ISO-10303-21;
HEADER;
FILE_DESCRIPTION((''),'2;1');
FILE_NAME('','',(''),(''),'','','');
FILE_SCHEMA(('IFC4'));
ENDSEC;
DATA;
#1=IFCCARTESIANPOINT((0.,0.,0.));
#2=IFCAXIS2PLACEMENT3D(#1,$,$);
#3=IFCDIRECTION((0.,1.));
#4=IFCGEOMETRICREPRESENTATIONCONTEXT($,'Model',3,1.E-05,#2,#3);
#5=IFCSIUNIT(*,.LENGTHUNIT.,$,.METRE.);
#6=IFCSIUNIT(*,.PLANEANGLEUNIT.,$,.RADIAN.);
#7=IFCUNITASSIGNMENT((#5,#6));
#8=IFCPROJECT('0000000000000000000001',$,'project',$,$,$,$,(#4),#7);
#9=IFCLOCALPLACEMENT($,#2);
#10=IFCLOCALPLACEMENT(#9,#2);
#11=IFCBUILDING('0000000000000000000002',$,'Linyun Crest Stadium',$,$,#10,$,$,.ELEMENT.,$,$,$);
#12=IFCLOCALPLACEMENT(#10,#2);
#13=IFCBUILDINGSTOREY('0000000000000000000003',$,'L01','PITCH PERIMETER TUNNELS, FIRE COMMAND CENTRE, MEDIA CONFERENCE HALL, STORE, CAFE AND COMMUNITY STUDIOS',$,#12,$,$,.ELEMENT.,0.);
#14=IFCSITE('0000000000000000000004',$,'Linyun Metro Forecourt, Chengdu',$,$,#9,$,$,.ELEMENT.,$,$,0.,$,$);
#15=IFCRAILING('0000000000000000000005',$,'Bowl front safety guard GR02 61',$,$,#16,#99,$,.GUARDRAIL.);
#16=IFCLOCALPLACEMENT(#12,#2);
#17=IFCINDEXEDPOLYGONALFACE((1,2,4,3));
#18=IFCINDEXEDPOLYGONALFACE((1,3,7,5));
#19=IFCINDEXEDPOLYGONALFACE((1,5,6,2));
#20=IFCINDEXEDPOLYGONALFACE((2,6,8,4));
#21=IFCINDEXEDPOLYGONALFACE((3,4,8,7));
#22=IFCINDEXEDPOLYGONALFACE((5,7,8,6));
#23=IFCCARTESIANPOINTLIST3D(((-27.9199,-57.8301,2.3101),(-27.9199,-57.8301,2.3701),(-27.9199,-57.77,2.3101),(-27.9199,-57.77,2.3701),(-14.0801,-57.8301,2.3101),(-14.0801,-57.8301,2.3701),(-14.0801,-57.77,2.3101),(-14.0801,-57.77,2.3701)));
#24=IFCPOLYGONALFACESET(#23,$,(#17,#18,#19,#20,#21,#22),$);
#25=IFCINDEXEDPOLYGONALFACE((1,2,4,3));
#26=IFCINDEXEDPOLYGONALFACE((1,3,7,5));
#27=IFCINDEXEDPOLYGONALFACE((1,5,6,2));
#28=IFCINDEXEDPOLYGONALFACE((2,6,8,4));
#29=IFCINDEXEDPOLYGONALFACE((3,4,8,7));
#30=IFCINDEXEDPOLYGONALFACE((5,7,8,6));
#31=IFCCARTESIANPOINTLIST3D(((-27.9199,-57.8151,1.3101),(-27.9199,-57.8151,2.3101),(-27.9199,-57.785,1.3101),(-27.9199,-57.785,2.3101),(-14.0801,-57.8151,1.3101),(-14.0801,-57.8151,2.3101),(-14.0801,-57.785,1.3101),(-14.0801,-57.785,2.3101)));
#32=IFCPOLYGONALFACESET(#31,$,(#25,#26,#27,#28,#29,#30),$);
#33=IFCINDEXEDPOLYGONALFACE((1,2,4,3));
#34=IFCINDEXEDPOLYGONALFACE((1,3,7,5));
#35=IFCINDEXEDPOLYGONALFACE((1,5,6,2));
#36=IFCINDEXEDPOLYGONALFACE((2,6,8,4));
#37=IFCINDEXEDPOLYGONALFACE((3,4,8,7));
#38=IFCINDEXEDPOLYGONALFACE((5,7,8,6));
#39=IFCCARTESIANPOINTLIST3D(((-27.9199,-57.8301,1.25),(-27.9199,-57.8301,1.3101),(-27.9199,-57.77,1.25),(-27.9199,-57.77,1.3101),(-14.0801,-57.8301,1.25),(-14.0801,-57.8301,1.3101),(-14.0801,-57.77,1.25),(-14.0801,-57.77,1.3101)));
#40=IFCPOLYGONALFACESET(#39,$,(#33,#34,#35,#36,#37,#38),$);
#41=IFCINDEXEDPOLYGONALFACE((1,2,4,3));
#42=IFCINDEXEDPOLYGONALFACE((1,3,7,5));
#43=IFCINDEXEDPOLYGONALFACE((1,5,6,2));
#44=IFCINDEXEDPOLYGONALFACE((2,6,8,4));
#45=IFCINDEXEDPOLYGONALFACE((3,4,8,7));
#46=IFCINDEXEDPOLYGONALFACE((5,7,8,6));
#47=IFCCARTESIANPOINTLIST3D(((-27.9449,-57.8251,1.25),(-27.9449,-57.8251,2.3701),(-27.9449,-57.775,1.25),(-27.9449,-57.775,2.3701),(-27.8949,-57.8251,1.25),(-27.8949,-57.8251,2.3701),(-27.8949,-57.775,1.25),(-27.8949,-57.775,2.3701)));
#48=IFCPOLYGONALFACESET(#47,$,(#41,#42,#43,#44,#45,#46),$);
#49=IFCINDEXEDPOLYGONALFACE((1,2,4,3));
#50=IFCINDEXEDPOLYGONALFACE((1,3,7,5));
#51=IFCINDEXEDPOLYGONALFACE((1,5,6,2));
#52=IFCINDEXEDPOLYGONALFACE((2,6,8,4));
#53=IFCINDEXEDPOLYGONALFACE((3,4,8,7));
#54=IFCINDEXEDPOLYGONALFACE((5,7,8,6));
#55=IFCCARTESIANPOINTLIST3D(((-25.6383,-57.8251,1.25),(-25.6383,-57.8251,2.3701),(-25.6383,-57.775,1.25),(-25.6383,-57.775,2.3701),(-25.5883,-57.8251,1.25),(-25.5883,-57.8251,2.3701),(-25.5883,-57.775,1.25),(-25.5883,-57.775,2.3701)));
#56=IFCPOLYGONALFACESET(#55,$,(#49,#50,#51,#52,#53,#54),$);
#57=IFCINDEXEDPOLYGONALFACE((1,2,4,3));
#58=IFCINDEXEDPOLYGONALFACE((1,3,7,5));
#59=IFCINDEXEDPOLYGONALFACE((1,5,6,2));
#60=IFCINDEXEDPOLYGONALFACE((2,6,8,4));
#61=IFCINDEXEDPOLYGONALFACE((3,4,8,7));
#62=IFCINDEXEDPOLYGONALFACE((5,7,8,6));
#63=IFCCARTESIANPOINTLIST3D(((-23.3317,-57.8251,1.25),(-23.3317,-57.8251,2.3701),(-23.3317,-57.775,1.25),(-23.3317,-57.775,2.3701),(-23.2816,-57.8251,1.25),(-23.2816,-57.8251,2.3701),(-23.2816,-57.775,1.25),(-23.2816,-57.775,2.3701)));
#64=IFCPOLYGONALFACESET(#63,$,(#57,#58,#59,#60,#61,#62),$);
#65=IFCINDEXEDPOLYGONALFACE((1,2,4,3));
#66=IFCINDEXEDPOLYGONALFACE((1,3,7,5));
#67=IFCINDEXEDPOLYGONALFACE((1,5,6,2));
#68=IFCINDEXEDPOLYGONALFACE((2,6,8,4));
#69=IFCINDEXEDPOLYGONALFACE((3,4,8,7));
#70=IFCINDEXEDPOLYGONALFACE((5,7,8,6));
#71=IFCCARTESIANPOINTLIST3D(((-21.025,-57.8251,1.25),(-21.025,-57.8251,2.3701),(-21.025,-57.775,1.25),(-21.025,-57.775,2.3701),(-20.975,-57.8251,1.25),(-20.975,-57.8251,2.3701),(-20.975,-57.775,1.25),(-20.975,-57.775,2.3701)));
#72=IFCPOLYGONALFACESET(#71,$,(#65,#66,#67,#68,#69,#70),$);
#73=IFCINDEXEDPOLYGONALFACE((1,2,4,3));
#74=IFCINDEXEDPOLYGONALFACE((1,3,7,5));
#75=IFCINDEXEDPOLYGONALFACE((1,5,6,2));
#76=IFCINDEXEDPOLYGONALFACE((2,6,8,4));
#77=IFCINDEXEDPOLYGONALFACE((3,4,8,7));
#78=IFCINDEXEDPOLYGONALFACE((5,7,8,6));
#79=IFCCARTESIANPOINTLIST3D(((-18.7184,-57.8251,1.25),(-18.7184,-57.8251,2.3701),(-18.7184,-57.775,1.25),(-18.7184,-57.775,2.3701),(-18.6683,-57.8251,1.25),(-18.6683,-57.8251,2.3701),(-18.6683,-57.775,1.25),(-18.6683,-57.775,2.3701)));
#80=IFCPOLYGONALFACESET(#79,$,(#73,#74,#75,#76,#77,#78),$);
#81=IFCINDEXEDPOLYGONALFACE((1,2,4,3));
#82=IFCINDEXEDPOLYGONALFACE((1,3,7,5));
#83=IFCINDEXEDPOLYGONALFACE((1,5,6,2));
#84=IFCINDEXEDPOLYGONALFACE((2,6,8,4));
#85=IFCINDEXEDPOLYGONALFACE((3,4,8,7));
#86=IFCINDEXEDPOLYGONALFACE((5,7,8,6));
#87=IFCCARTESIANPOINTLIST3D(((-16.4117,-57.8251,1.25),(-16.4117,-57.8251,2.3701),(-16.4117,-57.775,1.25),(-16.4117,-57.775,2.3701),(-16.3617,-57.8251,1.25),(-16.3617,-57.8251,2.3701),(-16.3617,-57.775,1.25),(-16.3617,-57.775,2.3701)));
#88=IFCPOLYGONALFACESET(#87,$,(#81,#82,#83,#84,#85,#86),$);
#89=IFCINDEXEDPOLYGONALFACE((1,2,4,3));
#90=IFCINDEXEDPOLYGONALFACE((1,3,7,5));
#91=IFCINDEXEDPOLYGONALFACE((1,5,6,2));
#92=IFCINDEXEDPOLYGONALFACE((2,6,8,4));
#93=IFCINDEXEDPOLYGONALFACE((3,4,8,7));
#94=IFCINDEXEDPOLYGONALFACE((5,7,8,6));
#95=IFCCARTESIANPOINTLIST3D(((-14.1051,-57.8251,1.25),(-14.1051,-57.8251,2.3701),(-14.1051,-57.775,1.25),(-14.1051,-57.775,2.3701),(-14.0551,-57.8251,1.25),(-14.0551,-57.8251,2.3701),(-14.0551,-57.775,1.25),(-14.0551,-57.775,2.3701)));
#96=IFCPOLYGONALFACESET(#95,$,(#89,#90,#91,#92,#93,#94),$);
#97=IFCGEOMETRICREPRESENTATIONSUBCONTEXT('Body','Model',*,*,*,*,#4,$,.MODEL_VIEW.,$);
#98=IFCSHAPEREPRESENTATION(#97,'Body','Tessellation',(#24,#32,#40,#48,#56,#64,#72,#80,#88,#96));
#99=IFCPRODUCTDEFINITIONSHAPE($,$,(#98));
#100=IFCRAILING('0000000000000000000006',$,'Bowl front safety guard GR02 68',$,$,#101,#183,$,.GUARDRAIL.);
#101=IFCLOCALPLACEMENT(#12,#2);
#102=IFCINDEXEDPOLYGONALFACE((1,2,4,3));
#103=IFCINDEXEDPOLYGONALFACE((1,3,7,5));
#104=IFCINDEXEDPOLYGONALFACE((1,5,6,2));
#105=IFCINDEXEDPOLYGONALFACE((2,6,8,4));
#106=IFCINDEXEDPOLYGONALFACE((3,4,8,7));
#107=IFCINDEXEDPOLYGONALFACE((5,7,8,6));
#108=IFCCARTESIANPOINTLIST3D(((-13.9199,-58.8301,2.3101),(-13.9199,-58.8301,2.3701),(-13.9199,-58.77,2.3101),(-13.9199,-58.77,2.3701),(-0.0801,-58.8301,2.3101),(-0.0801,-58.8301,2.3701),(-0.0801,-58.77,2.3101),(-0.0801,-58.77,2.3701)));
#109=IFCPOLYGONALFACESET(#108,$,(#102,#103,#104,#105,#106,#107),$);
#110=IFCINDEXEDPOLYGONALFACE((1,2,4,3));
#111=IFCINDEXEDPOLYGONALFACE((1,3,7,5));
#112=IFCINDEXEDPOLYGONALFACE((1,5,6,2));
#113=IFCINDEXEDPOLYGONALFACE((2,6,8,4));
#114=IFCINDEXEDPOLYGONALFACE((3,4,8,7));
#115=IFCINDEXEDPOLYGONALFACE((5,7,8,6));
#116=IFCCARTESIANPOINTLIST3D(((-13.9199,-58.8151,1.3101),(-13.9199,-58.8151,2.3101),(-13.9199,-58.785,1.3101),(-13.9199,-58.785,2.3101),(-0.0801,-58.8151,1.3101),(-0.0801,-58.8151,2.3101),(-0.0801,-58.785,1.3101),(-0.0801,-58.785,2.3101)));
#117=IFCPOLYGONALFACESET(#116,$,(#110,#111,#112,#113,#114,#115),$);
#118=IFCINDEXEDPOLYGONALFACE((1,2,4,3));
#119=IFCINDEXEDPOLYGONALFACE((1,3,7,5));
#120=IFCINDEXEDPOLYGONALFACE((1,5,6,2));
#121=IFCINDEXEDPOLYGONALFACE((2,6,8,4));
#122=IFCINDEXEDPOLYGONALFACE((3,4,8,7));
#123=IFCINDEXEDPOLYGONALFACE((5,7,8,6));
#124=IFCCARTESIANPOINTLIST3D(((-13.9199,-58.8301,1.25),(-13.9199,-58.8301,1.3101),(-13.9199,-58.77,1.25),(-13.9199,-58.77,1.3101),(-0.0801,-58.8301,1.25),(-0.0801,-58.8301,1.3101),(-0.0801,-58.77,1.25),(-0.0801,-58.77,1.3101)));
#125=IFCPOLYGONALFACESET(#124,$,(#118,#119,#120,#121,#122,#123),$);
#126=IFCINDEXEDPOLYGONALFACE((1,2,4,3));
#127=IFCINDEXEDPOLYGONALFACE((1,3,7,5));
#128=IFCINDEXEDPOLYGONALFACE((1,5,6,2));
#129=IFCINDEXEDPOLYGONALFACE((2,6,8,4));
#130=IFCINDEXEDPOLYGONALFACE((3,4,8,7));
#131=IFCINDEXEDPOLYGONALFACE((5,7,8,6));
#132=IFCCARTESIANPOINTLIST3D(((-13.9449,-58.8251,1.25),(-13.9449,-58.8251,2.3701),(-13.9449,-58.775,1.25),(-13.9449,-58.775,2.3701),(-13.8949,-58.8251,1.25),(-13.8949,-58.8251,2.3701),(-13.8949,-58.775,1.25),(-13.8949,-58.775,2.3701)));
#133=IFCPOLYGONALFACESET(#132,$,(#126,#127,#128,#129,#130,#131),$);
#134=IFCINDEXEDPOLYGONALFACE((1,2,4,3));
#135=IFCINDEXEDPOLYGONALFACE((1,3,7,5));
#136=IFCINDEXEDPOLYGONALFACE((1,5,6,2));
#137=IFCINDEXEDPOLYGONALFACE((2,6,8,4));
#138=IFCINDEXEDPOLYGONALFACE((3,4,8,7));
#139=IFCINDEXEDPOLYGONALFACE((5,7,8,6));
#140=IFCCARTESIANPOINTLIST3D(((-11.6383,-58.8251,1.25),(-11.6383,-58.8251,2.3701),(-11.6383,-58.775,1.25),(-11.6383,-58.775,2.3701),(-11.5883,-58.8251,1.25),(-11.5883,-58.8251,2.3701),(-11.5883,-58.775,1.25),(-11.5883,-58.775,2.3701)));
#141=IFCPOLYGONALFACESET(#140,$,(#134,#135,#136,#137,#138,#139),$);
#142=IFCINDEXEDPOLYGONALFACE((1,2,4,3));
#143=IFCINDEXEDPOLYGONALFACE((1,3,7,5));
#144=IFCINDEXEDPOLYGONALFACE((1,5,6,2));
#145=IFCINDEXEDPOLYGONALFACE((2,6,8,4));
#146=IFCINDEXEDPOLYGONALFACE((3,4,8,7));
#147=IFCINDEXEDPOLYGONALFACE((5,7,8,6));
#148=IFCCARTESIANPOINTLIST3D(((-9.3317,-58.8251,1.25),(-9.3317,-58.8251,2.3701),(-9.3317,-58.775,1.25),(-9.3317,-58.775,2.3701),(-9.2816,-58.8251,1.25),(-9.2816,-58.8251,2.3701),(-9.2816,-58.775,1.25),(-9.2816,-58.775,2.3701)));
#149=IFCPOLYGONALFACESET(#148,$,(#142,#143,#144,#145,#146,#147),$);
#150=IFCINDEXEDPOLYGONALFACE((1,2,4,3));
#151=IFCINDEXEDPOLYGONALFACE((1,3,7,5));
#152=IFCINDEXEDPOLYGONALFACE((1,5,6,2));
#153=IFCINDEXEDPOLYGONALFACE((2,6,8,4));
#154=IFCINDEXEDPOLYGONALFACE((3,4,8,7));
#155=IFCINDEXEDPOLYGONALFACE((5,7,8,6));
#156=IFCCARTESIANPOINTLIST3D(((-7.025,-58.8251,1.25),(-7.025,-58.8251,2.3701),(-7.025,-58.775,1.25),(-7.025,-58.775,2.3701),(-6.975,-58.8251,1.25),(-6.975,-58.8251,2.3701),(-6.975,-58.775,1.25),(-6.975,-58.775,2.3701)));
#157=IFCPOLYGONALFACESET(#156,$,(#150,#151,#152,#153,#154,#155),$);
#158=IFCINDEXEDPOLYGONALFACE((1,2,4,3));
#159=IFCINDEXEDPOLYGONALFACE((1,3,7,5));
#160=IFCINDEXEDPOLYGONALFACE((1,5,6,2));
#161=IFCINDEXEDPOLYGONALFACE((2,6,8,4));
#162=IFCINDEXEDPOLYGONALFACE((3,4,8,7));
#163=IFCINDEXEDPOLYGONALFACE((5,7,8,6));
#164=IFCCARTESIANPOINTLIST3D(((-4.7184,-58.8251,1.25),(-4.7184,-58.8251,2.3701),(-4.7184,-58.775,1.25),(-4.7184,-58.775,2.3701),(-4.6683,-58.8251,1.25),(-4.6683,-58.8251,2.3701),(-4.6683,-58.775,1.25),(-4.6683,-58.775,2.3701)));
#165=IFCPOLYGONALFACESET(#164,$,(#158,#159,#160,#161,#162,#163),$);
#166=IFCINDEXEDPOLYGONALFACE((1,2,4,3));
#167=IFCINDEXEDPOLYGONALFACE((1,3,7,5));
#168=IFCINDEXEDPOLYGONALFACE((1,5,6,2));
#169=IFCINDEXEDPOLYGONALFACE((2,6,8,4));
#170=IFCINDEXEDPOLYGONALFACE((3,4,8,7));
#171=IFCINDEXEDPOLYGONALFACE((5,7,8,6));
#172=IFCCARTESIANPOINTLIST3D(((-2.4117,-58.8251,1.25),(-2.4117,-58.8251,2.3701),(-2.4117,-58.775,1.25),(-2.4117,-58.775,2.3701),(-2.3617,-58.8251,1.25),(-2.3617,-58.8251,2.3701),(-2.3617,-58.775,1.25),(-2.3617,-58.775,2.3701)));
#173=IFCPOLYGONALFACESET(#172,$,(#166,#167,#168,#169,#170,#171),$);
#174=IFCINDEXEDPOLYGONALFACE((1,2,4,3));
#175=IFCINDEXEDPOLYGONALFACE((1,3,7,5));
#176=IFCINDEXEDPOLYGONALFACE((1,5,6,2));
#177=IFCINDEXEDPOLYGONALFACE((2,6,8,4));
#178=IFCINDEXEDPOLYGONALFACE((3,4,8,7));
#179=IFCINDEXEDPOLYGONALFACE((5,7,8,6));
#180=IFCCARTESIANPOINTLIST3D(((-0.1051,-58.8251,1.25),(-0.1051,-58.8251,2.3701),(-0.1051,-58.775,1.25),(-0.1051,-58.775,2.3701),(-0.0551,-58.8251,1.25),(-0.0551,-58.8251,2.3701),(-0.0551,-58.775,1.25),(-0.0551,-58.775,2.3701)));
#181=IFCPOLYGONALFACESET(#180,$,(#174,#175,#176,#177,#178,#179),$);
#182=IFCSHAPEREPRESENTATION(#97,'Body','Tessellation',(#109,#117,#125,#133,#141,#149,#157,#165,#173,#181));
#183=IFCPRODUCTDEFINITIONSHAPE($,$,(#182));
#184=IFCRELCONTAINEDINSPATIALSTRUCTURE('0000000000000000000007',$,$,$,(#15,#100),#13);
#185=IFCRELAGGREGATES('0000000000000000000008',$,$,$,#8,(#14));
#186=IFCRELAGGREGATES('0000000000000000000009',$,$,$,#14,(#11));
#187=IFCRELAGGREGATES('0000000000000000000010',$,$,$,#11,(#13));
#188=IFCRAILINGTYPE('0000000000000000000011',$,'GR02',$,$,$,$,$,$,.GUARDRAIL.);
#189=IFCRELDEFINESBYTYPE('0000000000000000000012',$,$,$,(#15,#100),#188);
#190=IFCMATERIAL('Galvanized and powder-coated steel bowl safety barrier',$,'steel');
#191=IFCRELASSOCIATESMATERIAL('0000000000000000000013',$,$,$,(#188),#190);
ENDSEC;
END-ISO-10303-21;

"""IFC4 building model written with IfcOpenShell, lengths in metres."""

from ifc_helpers import new_model, si_unit, direction, frame, origin, origin_2d, place, context, subcontext, project, spatial, rectangle, extrude, material, type_object, element, save


model = new_model("IFC4")

# Units and contexts
model_context = context("Model", 3, precision=1e-05, world=origin(), true_north=direction((0.0, 1.0)))
body_context = subcontext(model_context, "Body", "Model", "MODEL_VIEW")
ifc_project = project(units=[si_unit("LENGTHUNIT", "METRE"), si_unit("PLANEANGLEUNIT", "RADIAN")], contexts=[model_context])

# Site, building, storey
site_placement = place(None, origin())
site = spatial("IfcSite", under=ifc_project, at=site_placement, Name="Linyun Metro Forecourt, Chengdu", CompositionType="ELEMENT", RefElevation=0.0)
building_placement = place(site_placement, origin())
building = spatial("IfcBuilding", under=site, at=building_placement, Name="Linyun Crest Stadium", CompositionType="ELEMENT")
storey_placement = place(building_placement, origin())
storey = spatial("IfcBuildingStorey", under=building, at=storey_placement, Name="L01", Description="PITCH PERIMETER TUNNELS, FIRE COMMAND CENTRE, MEDIA CONFERENCE HALL, STORE, CAFE AND COMMUNITY STUDIOS", CompositionType="ELEMENT", Elevation=0.0)

# Railings
ifc_material_1 = material(Name="Galvanized and powder-coated steel bowl safety barrier", Category="steel")
railing_type = type_object("IfcRailingType", Name="GR02", PredefinedType="GUARDRAIL", material=ifc_material_1)
for number, where, name in (
    (1, (-27.9199, -57.8, 1.25), "Bowl front safety guard GR02 61"),
    (2, (-13.9199, -58.8, 1.25), "Bowl front safety guard GR02 68"),
):
    element("IfcRailing", number, at=place(storey_placement, frame(where)), inside=storey, type_object=railing_type, Name=name, PredefinedType="GUARDRAIL", context=body_context, shape_type="SweptSolid", body=[
        extrude(rectangle(XDim=0.0601, YDim=0.0601, at=origin_2d()), frame((0.0, 0.0, 1.0901), z_axis=(1.0, 0.0, 0.0), x_axis=(0.0, 1.0, 0.0)), (0.0, 0.0, 1.0), 13.8398),
        extrude(rectangle(XDim=0.03, YDim=1.0, at=origin_2d()), frame((0.0, 0.0, 0.5601), z_axis=(1.0, 0.0, 0.0), x_axis=(0.0, 1.0, 0.0)), (0.0, 0.0, 1.0), 13.8398),
        extrude(rectangle(XDim=0.0601, YDim=0.0601, at=origin_2d()), frame((0.0, 0.0, 0.03), z_axis=(1.0, 0.0, 0.0), x_axis=(0.0, 1.0, 0.0)), (0.0, 0.0, 1.0), 13.8398),
        extrude(rectangle(XDim=0.05, YDim=0.05, at=origin_2d()), origin(), (0.0, 0.0, 1.0), 1.1201),
        extrude(rectangle(XDim=0.05, YDim=0.05, at=origin_2d()), frame((2.3066, 0.0, 0.0)), (0.0, 0.0, 1.0), 1.1201),
        extrude(rectangle(XDim=0.05, YDim=0.05, at=origin_2d()), frame((4.6133, 0.0, 0.0)), (0.0, 0.0, 1.0), 1.1201),
        extrude(rectangle(XDim=0.05, YDim=0.05, at=origin_2d()), frame((6.9199, 0.0, 0.0)), (0.0, 0.0, 1.0), 1.1201),
        extrude(rectangle(XDim=0.05, YDim=0.05, at=origin_2d()), frame((9.2266, 0.0, 0.0)), (0.0, 0.0, 1.0), 1.1201),
        extrude(rectangle(XDim=0.05, YDim=0.05, at=origin_2d()), frame((11.5332, 0.0, 0.0)), (0.0, 0.0, 1.0), 1.1201),
        extrude(rectangle(XDim=0.05, YDim=0.05, at=origin_2d()), frame((13.8398, 0.0, 0.0)), (0.0, 0.0, 1.0), 1.1201),
    ])

save(model, "model.ifc")
